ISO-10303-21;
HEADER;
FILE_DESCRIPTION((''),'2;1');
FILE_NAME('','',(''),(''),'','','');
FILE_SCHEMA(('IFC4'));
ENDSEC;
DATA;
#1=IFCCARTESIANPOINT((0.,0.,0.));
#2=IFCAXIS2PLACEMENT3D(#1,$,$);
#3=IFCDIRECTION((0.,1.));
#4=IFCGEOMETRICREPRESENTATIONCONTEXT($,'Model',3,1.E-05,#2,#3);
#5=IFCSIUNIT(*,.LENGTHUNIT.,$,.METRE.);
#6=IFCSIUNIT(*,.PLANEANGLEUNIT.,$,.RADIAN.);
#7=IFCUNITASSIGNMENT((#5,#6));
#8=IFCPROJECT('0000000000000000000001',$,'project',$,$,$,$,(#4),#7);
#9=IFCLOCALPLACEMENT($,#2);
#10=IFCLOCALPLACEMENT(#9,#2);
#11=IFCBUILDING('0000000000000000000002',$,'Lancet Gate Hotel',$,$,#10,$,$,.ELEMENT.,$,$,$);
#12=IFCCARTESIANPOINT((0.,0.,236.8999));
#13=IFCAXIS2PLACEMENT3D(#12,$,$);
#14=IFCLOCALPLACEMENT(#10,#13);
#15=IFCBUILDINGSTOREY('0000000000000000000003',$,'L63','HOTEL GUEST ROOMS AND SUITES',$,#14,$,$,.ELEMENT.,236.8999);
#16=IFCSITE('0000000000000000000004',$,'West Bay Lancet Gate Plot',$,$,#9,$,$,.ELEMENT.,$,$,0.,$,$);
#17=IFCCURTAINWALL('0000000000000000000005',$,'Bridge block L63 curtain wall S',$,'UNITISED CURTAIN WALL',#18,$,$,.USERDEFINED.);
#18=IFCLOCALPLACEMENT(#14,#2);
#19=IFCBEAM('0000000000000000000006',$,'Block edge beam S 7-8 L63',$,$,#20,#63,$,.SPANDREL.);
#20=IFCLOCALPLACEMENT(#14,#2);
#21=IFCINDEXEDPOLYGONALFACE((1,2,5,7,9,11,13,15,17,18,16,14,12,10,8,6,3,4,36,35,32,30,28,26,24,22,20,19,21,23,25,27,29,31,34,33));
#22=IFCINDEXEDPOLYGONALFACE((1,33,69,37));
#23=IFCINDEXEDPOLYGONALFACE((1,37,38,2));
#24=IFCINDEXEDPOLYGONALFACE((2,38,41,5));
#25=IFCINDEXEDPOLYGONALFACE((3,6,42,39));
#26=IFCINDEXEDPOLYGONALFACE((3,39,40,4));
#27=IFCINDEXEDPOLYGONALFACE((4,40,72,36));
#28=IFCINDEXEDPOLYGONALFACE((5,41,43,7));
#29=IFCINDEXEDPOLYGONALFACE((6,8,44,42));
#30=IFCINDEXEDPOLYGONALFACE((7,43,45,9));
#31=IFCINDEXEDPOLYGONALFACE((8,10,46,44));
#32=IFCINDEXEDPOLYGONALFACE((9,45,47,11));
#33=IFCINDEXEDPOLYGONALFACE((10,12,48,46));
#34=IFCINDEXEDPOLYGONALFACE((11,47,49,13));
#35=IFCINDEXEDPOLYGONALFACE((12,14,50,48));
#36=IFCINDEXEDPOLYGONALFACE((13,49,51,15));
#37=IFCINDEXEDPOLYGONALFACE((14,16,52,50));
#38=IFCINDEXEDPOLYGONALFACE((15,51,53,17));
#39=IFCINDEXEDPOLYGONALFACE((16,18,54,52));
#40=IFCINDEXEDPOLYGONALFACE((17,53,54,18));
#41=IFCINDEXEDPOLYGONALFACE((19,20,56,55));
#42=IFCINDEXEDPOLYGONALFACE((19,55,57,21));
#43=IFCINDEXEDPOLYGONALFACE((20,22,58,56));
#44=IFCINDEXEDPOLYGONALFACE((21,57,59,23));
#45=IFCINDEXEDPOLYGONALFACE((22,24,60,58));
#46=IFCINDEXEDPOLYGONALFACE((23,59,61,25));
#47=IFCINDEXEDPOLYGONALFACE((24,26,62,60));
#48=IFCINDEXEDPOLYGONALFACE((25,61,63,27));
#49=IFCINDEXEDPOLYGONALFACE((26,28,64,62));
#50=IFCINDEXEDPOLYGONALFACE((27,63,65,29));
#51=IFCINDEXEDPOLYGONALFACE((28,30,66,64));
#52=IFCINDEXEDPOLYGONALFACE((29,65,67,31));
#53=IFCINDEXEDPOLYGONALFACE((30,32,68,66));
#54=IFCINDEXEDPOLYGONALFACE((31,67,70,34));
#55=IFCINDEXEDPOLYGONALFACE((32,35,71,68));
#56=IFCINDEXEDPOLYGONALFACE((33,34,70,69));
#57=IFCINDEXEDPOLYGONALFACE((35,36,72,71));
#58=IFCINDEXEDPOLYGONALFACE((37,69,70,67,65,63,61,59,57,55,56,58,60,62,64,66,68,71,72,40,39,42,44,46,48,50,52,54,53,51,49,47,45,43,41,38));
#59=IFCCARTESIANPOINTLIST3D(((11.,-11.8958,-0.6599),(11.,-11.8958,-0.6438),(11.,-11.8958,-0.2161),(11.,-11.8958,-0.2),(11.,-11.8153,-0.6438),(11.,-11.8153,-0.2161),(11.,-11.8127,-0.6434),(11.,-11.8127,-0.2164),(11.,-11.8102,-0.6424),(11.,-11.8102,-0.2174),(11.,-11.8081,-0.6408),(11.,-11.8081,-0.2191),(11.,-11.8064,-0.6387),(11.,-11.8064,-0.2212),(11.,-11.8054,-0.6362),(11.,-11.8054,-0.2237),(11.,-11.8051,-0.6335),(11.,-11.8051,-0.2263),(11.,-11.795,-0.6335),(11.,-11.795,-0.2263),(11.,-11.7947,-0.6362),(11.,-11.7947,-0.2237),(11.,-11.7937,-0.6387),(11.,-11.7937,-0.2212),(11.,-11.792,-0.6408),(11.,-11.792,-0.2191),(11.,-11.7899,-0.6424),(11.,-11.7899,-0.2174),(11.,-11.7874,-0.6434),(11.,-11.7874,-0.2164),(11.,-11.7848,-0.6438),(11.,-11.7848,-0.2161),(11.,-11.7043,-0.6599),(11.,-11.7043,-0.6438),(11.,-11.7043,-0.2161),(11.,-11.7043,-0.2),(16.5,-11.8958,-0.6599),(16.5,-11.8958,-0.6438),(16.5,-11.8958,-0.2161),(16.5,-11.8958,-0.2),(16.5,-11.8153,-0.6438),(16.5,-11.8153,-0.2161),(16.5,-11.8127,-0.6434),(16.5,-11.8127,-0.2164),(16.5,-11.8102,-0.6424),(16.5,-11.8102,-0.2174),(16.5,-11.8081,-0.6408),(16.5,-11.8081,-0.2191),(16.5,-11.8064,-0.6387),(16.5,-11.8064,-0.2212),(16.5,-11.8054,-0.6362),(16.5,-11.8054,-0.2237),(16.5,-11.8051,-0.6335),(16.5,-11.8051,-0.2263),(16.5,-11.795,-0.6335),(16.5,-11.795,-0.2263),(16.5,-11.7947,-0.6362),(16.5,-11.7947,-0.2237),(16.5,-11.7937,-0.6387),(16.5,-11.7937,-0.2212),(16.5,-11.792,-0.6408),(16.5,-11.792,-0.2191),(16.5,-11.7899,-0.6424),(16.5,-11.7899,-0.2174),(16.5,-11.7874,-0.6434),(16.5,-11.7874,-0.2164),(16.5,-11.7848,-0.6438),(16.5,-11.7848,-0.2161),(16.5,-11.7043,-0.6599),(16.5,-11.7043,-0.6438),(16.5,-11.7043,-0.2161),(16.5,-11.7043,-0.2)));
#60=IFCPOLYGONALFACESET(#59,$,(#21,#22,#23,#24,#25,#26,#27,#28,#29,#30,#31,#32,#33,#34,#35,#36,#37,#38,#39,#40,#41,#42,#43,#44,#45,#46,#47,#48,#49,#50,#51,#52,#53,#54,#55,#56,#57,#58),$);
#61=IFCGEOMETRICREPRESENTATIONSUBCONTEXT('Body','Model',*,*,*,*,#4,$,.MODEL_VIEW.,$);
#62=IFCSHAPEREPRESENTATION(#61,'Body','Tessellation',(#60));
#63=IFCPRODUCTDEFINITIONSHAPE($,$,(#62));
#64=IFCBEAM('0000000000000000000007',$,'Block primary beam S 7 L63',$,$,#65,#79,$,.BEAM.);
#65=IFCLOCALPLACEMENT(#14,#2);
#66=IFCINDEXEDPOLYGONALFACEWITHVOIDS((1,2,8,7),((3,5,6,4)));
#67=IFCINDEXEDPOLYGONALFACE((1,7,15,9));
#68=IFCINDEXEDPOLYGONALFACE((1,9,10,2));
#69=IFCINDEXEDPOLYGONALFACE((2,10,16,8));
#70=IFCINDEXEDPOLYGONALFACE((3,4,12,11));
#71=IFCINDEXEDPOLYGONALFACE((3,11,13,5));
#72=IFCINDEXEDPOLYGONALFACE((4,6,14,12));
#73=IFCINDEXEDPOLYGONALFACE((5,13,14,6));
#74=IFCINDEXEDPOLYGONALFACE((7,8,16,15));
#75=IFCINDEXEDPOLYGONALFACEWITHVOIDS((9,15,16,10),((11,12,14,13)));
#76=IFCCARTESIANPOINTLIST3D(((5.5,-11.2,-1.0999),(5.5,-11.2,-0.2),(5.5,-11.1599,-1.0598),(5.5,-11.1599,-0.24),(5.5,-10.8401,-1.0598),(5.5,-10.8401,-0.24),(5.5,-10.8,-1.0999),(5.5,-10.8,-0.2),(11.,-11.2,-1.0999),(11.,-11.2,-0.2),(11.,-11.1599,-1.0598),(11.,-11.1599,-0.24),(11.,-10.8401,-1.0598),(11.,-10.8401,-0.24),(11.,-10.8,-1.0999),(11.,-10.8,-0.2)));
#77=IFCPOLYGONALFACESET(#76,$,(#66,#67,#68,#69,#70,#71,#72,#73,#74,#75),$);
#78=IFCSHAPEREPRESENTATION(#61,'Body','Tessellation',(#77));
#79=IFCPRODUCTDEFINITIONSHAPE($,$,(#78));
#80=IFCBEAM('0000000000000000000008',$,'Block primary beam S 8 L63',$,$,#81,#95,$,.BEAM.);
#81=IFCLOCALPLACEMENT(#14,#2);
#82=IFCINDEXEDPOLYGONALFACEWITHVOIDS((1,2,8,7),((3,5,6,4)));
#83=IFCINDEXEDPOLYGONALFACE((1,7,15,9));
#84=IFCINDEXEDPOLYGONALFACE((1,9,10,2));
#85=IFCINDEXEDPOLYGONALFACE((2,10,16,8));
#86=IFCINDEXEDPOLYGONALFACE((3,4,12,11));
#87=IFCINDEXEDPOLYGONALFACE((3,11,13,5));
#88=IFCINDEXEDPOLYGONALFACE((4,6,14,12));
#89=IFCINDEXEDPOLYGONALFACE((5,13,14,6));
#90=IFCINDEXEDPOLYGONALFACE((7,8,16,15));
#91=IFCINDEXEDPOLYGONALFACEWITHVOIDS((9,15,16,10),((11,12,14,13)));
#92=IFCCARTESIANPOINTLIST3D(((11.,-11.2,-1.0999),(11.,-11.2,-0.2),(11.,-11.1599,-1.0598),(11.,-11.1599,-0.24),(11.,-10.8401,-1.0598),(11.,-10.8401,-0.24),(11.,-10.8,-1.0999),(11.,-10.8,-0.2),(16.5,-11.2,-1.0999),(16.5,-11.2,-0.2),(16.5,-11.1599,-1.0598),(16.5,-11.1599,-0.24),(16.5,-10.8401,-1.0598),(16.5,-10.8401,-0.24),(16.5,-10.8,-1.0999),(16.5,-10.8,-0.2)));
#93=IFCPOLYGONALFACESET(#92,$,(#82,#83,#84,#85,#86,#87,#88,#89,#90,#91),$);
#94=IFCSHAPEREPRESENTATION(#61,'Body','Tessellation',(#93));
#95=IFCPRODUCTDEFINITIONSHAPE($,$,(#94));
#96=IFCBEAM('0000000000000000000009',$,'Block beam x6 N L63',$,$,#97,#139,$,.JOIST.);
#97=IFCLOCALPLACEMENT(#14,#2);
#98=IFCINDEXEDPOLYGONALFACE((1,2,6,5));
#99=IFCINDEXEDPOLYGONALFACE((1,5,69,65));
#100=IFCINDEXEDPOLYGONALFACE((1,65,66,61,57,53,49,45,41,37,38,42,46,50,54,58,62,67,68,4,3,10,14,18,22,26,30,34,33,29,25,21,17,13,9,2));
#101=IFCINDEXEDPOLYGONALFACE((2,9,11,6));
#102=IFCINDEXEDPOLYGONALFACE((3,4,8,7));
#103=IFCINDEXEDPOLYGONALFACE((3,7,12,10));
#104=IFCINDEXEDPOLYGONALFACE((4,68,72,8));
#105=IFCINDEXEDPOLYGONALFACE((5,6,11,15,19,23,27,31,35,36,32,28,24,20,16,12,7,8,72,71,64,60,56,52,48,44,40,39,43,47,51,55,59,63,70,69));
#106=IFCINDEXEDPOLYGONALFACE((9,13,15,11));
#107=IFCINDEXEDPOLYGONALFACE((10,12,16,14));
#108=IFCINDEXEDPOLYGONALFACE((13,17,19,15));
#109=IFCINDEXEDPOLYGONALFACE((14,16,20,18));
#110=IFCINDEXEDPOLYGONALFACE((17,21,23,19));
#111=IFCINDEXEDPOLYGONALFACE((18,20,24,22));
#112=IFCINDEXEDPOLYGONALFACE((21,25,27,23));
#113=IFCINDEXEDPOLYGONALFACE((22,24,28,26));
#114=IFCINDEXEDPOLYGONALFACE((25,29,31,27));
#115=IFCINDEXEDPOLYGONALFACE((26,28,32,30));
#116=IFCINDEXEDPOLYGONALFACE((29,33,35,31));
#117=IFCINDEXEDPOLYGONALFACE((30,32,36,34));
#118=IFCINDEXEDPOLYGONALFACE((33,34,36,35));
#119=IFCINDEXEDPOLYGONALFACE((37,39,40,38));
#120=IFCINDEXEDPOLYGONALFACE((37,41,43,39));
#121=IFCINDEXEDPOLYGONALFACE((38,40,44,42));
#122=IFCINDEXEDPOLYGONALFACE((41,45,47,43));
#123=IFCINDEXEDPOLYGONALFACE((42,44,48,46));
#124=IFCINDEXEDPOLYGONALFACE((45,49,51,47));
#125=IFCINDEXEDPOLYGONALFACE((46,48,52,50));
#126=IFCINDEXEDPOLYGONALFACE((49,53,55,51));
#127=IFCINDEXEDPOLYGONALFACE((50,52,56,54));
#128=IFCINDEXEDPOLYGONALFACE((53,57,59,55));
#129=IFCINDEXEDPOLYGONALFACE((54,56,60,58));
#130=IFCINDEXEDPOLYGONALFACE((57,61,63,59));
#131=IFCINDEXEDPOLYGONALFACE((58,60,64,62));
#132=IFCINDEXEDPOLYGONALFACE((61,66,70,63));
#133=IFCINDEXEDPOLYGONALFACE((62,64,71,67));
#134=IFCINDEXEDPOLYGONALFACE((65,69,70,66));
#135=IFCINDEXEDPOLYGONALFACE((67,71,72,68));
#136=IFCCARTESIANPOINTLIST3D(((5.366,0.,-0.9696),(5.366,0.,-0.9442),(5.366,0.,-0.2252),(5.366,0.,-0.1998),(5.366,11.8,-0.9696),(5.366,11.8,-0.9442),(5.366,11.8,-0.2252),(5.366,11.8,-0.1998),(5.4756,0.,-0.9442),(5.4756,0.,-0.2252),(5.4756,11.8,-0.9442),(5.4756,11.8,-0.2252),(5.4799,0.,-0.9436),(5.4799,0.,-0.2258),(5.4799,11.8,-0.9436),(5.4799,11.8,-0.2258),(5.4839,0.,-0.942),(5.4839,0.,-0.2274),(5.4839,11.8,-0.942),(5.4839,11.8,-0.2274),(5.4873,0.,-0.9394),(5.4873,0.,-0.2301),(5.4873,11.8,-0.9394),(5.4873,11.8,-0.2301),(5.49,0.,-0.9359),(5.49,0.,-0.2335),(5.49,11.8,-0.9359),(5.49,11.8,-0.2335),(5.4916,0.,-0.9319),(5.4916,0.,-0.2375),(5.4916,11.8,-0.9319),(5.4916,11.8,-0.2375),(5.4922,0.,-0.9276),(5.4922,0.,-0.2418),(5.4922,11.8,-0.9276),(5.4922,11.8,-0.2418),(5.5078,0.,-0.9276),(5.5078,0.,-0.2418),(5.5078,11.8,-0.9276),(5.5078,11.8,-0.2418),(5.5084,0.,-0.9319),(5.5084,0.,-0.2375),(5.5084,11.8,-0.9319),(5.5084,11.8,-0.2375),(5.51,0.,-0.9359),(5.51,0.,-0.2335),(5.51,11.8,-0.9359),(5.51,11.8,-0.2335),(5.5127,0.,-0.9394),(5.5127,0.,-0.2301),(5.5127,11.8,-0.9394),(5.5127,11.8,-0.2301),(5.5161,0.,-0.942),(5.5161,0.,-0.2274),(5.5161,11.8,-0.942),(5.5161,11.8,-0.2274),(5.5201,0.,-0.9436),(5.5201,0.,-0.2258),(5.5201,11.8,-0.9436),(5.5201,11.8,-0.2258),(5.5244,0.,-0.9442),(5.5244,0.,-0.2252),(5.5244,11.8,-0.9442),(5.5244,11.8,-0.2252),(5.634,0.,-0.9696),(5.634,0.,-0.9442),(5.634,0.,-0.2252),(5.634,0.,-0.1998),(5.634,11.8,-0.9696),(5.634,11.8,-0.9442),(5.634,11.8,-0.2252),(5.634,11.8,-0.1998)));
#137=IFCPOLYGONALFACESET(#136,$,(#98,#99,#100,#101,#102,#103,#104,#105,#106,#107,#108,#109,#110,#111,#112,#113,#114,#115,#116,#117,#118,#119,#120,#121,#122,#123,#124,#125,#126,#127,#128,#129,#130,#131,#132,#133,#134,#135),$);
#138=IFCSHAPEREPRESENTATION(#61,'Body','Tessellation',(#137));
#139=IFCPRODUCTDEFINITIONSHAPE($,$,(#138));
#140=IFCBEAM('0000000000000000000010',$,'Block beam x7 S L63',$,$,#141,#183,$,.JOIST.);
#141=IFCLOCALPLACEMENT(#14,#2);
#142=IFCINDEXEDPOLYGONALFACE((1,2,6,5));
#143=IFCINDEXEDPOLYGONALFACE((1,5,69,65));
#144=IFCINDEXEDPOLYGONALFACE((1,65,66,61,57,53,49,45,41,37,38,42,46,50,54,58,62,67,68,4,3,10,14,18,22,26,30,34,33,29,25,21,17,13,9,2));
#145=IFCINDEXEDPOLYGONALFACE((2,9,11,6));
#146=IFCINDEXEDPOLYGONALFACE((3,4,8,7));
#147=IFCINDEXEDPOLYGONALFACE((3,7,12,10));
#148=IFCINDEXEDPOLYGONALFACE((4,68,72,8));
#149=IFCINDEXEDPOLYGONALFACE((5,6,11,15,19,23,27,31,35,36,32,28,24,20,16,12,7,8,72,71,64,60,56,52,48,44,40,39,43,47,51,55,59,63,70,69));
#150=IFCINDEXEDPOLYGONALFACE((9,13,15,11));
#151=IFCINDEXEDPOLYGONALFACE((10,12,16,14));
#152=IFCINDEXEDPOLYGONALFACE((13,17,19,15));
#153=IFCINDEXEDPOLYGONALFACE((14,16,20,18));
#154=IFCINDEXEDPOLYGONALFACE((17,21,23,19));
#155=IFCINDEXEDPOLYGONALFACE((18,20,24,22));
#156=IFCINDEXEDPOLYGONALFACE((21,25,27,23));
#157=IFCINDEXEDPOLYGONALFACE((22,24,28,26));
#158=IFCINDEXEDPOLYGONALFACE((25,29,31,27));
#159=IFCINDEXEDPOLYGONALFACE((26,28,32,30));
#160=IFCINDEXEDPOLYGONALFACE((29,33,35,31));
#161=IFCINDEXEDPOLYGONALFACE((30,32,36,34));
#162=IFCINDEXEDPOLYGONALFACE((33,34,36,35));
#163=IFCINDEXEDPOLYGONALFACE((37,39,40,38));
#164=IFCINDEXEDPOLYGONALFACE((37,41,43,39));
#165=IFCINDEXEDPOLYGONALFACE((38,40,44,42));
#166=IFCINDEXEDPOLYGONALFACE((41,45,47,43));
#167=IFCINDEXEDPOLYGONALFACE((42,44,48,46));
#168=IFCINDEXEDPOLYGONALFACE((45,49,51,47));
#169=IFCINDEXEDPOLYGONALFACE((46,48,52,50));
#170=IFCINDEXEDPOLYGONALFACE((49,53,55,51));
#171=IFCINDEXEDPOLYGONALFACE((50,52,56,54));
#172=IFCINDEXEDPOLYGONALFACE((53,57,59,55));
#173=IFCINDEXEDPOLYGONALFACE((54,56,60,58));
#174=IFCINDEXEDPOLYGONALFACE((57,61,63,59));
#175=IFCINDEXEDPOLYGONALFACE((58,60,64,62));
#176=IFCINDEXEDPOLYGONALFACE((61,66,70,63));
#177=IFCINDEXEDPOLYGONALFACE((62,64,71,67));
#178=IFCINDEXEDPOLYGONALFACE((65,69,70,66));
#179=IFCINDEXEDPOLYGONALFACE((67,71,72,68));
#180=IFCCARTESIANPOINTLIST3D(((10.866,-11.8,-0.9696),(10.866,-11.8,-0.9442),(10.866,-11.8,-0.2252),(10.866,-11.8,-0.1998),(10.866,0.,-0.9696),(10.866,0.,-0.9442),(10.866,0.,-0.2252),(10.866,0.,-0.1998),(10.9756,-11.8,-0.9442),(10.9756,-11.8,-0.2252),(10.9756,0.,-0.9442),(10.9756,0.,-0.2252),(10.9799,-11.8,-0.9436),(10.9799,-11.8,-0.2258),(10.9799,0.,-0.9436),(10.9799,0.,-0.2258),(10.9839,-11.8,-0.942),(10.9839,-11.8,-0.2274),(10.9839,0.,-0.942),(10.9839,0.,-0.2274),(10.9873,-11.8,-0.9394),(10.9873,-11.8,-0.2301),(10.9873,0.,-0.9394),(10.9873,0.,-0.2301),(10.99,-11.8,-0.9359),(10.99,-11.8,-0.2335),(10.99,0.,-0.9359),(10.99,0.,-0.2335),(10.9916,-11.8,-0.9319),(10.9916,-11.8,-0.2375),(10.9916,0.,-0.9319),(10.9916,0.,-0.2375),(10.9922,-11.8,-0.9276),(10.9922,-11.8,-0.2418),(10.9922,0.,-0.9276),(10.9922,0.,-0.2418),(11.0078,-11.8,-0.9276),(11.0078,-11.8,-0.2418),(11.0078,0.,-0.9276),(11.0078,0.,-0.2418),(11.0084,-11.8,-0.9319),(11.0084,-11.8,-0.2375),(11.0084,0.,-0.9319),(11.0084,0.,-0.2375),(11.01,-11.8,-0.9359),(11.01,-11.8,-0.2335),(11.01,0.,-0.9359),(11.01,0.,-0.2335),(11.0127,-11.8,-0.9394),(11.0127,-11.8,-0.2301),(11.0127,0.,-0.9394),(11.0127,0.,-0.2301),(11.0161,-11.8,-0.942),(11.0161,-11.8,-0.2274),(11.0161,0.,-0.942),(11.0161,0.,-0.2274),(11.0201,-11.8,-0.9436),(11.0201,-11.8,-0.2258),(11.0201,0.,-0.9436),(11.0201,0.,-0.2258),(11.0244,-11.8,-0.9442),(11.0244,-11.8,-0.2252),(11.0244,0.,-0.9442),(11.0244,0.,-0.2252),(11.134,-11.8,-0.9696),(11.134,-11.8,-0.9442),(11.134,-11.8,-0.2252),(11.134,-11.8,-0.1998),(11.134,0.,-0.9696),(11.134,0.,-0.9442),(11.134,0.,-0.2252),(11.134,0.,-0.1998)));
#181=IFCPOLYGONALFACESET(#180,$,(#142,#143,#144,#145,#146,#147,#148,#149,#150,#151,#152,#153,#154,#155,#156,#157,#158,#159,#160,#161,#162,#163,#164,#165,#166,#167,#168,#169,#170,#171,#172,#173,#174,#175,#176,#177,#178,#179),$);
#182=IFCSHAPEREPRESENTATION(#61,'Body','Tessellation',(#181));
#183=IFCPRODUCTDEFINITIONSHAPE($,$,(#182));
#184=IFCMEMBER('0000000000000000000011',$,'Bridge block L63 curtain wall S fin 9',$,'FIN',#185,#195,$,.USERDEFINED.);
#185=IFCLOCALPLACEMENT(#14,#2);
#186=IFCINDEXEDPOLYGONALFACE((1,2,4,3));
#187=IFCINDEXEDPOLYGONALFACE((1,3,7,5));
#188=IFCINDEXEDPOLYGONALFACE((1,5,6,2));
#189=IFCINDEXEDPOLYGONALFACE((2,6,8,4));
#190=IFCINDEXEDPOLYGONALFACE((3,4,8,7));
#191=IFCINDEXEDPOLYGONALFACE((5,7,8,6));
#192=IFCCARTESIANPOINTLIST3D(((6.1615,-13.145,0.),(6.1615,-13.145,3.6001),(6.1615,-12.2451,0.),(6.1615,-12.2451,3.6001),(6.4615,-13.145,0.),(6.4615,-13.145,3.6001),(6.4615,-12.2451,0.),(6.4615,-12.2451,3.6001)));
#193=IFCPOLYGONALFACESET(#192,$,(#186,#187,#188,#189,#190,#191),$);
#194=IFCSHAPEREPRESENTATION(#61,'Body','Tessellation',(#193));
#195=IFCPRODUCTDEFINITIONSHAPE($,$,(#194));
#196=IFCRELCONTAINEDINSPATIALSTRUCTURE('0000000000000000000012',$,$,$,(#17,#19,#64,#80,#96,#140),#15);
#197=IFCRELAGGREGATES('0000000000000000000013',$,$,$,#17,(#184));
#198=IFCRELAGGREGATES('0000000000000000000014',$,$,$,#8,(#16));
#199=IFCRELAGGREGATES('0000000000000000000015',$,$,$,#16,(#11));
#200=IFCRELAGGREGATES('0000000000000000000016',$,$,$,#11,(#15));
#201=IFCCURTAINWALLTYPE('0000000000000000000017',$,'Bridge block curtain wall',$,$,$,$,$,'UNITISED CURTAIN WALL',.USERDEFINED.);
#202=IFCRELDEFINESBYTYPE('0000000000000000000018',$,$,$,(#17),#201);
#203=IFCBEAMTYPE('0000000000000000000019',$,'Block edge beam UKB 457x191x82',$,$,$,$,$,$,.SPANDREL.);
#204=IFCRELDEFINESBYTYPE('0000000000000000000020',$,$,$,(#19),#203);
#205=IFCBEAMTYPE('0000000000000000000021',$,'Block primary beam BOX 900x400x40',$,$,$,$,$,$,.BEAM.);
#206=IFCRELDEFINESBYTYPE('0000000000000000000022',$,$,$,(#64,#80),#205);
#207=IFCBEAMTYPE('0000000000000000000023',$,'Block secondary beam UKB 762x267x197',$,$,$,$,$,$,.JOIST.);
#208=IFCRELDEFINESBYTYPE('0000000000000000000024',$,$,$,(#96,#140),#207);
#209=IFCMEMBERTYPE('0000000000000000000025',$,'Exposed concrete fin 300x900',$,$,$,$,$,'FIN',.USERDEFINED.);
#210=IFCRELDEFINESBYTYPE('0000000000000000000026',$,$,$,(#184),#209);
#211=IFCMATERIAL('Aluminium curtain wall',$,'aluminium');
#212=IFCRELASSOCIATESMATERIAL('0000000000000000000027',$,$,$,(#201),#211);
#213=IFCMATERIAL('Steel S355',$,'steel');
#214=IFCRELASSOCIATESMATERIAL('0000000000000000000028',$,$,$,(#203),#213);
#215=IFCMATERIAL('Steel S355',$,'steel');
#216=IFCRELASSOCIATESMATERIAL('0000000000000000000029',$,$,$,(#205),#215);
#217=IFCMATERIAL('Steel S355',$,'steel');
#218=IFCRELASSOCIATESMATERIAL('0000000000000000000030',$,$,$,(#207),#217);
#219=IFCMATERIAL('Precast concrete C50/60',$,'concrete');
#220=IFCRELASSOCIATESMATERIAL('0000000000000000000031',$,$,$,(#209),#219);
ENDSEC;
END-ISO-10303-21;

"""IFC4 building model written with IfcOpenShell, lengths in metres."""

from ifc_helpers import new_model, si_unit, direction, frame, origin, origin_2d, place, context, subcontext, project, spatial, rectangle, hollow_rectangle, i_section, extrude, material, material_profile, profile_set, type_object, element, aggregate, save


model = new_model("IFC4")

# Units and contexts
model_context = context("Model", 3, precision=1e-05, world=origin(), true_north=direction((0.0, 1.0)))
body_context = subcontext(model_context, "Body", "Model", "MODEL_VIEW")
ifc_project = project(units=[si_unit("LENGTHUNIT", "METRE"), si_unit("PLANEANGLEUNIT", "RADIAN")], contexts=[model_context])

# Site, building, storey
site_placement = place(None, origin())
site = spatial("IfcSite", under=ifc_project, at=site_placement, Name="West Bay Lancet Gate Plot", CompositionType="ELEMENT", RefElevation=0.0)
building_placement = place(site_placement, origin())
building = spatial("IfcBuilding", under=site, at=building_placement, Name="Lancet Gate Hotel", CompositionType="ELEMENT")
storey_placement = place(building_placement, frame((0.0, 0.0, 236.8999)))
storey = spatial("IfcBuildingStorey", under=building, at=storey_placement, Name="L63", Description="HOTEL GUEST ROOMS AND SUITES", CompositionType="ELEMENT", Elevation=236.8999)

# Curtain wall
ifc_material_1 = material(Name="Aluminium curtain wall", Category="aluminium")
curtain_wall_type = type_object("IfcCurtainWallType", Name="Bridge block curtain wall", ElementType="UNITISED CURTAIN WALL", PredefinedType="USERDEFINED", material=ifc_material_1)
curtain_wall_placement = place(storey_placement, origin())
curtain_wall = element("IfcCurtainWall", 1, at=curtain_wall_placement, inside=storey, type_object=curtain_wall_type, Name="Bridge block L63 curtain wall S", ObjectType="UNITISED CURTAIN WALL", PredefinedType="USERDEFINED")

# Beams
ifc_material_2 = material(Name="Steel S355", Category="steel")
ifc_material_profile_1 = material_profile(ifc_material_2, i_section(OverallWidth=0.1914, OverallDepth=0.46, WebThickness=0.01, FlangeThickness=0.0161, FilletRadius=0.0103, at=origin_2d()), Name="UKB 457x191x82")
ifc_profile_set_1 = profile_set([ifc_material_profile_1], Name="Steel S355")
beam_type_1 = type_object("IfcBeamType", Name="Block edge beam UKB 457x191x82", PredefinedType="SPANDREL", material=ifc_profile_set_1)
beam_placement = place(storey_placement, frame((11.0, -11.8, -0.4299), z_axis=(1.0, 0.0, 0.0), x_axis=(0.0, 1.0, 0.0)))
element("IfcBeam", 2, at=beam_placement, inside=storey, type_object=beam_type_1, Name="Block edge beam S 7-8 L63", PredefinedType="SPANDREL", context=body_context, shape_type="SweptSolid", body=[
    extrude(i_section(OverallWidth=0.1914, OverallDepth=0.46, WebThickness=0.01, FlangeThickness=0.0161, FilletRadius=0.0103, at=origin_2d()), origin(), (0.0, 0.0, 1.0), 5.5),
])
ifc_material_3 = material(Name="Steel S355", Category="steel")
ifc_material_profile_2 = material_profile(ifc_material_3, hollow_rectangle(XDim=0.3999, YDim=0.8999, WallThickness=0.04, at=origin_2d()), Name="BOX 900x400x40")
ifc_profile_set_2 = profile_set([ifc_material_profile_2], Name="Steel S355")
beam_type_2 = type_object("IfcBeamType", Name="Block primary beam BOX 900x400x40", PredefinedType="BEAM", material=ifc_profile_set_2)
for number, where, z_axis, x_axis, name in (
    (3, (5.5, -11.0, -0.6499), (1.0, 0.0, 0.0), (0.0, 1.0, 0.0), "Block primary beam S 7 L63"),
    (4, (11.0, -11.0, -0.6499), (1.0, 0.0, 0.0), (0.0, 1.0, 0.0), "Block primary beam S 8 L63"),
):
    element("IfcBeam", number, at=place(storey_placement, frame(where, z_axis=z_axis, x_axis=x_axis)), inside=storey, type_object=beam_type_2, Name=name, PredefinedType="BEAM", context=body_context, shape_type="SweptSolid", body=[
        extrude(hollow_rectangle(XDim=0.3999, YDim=0.8999, WallThickness=0.04, at=origin_2d()), origin(), (0.0, 0.0, 1.0), 5.5),
    ])
ifc_material_4 = material(Name="Steel S355", Category="steel")
ifc_material_profile_3 = material_profile(ifc_material_4, i_section(OverallWidth=0.2681, OverallDepth=0.7698, WebThickness=0.0156, FlangeThickness=0.0254, FilletRadius=0.0166, at=origin_2d()), Name="UKB 762x267x197")
ifc_profile_set_3 = profile_set([ifc_material_profile_3], Name="Steel S355")
beam_type_3 = type_object("IfcBeamType", Name="Block secondary beam UKB 762x267x197", PredefinedType="JOIST", material=ifc_profile_set_3)
for number, where, z_axis, x_axis, name in (
    (5, (5.5, 0.0, -0.5847), (0.0, 1.0, 0.0), (-1.0, 0.0, 0.0), "Block beam x6 N L63"),
    (6, (11.0, -11.8, -0.5847), (0.0, 1.0, 0.0), (-1.0, 0.0, 0.0), "Block beam x7 S L63"),
):
    element("IfcBeam", number, at=place(storey_placement, frame(where, z_axis=z_axis, x_axis=x_axis)), inside=storey, type_object=beam_type_3, Name=name, PredefinedType="JOIST", context=body_context, shape_type="SweptSolid", body=[
        extrude(i_section(OverallWidth=0.2681, OverallDepth=0.7698, WebThickness=0.0156, FlangeThickness=0.0254, FilletRadius=0.0166, at=origin_2d()), origin(), (0.0, 0.0, 1.0), 11.8),
    ])

# Member
ifc_material_5 = material(Name="Precast concrete C50/60", Category="concrete")
ifc_material_profile_4 = material_profile(ifc_material_5, rectangle(XDim=0.3, YDim=0.8999, at=origin_2d()), Name="FIN 300x900")
ifc_profile_set_4 = profile_set([ifc_material_profile_4], Name="Precast concrete C50/60")
member_type_1 = type_object("IfcMemberType", Name="Exposed concrete fin 300x900", ElementType="FIN", PredefinedType="USERDEFINED", material=ifc_profile_set_4)
member_1_placement = place(storey_placement, frame((6.3115, -12.6951, 0.0), z_axis=(0.0, 0.0, 1.0), x_axis=(1.0, 0.0, 0.0)))
member_1 = element("IfcMember", 7, at=member_1_placement, type_object=member_type_1, Name="Bridge block L63 curtain wall S fin 9", ObjectType="FIN", PredefinedType="USERDEFINED", context=body_context, shape_type="SweptSolid", body=[
    extrude(rectangle(XDim=0.3, YDim=0.8999, at=origin_2d()), origin(), (0.0, 0.0, 1.0), 3.6001),
])

aggregate(curtain_wall, [member_1])

save(model, "model.ifc")
